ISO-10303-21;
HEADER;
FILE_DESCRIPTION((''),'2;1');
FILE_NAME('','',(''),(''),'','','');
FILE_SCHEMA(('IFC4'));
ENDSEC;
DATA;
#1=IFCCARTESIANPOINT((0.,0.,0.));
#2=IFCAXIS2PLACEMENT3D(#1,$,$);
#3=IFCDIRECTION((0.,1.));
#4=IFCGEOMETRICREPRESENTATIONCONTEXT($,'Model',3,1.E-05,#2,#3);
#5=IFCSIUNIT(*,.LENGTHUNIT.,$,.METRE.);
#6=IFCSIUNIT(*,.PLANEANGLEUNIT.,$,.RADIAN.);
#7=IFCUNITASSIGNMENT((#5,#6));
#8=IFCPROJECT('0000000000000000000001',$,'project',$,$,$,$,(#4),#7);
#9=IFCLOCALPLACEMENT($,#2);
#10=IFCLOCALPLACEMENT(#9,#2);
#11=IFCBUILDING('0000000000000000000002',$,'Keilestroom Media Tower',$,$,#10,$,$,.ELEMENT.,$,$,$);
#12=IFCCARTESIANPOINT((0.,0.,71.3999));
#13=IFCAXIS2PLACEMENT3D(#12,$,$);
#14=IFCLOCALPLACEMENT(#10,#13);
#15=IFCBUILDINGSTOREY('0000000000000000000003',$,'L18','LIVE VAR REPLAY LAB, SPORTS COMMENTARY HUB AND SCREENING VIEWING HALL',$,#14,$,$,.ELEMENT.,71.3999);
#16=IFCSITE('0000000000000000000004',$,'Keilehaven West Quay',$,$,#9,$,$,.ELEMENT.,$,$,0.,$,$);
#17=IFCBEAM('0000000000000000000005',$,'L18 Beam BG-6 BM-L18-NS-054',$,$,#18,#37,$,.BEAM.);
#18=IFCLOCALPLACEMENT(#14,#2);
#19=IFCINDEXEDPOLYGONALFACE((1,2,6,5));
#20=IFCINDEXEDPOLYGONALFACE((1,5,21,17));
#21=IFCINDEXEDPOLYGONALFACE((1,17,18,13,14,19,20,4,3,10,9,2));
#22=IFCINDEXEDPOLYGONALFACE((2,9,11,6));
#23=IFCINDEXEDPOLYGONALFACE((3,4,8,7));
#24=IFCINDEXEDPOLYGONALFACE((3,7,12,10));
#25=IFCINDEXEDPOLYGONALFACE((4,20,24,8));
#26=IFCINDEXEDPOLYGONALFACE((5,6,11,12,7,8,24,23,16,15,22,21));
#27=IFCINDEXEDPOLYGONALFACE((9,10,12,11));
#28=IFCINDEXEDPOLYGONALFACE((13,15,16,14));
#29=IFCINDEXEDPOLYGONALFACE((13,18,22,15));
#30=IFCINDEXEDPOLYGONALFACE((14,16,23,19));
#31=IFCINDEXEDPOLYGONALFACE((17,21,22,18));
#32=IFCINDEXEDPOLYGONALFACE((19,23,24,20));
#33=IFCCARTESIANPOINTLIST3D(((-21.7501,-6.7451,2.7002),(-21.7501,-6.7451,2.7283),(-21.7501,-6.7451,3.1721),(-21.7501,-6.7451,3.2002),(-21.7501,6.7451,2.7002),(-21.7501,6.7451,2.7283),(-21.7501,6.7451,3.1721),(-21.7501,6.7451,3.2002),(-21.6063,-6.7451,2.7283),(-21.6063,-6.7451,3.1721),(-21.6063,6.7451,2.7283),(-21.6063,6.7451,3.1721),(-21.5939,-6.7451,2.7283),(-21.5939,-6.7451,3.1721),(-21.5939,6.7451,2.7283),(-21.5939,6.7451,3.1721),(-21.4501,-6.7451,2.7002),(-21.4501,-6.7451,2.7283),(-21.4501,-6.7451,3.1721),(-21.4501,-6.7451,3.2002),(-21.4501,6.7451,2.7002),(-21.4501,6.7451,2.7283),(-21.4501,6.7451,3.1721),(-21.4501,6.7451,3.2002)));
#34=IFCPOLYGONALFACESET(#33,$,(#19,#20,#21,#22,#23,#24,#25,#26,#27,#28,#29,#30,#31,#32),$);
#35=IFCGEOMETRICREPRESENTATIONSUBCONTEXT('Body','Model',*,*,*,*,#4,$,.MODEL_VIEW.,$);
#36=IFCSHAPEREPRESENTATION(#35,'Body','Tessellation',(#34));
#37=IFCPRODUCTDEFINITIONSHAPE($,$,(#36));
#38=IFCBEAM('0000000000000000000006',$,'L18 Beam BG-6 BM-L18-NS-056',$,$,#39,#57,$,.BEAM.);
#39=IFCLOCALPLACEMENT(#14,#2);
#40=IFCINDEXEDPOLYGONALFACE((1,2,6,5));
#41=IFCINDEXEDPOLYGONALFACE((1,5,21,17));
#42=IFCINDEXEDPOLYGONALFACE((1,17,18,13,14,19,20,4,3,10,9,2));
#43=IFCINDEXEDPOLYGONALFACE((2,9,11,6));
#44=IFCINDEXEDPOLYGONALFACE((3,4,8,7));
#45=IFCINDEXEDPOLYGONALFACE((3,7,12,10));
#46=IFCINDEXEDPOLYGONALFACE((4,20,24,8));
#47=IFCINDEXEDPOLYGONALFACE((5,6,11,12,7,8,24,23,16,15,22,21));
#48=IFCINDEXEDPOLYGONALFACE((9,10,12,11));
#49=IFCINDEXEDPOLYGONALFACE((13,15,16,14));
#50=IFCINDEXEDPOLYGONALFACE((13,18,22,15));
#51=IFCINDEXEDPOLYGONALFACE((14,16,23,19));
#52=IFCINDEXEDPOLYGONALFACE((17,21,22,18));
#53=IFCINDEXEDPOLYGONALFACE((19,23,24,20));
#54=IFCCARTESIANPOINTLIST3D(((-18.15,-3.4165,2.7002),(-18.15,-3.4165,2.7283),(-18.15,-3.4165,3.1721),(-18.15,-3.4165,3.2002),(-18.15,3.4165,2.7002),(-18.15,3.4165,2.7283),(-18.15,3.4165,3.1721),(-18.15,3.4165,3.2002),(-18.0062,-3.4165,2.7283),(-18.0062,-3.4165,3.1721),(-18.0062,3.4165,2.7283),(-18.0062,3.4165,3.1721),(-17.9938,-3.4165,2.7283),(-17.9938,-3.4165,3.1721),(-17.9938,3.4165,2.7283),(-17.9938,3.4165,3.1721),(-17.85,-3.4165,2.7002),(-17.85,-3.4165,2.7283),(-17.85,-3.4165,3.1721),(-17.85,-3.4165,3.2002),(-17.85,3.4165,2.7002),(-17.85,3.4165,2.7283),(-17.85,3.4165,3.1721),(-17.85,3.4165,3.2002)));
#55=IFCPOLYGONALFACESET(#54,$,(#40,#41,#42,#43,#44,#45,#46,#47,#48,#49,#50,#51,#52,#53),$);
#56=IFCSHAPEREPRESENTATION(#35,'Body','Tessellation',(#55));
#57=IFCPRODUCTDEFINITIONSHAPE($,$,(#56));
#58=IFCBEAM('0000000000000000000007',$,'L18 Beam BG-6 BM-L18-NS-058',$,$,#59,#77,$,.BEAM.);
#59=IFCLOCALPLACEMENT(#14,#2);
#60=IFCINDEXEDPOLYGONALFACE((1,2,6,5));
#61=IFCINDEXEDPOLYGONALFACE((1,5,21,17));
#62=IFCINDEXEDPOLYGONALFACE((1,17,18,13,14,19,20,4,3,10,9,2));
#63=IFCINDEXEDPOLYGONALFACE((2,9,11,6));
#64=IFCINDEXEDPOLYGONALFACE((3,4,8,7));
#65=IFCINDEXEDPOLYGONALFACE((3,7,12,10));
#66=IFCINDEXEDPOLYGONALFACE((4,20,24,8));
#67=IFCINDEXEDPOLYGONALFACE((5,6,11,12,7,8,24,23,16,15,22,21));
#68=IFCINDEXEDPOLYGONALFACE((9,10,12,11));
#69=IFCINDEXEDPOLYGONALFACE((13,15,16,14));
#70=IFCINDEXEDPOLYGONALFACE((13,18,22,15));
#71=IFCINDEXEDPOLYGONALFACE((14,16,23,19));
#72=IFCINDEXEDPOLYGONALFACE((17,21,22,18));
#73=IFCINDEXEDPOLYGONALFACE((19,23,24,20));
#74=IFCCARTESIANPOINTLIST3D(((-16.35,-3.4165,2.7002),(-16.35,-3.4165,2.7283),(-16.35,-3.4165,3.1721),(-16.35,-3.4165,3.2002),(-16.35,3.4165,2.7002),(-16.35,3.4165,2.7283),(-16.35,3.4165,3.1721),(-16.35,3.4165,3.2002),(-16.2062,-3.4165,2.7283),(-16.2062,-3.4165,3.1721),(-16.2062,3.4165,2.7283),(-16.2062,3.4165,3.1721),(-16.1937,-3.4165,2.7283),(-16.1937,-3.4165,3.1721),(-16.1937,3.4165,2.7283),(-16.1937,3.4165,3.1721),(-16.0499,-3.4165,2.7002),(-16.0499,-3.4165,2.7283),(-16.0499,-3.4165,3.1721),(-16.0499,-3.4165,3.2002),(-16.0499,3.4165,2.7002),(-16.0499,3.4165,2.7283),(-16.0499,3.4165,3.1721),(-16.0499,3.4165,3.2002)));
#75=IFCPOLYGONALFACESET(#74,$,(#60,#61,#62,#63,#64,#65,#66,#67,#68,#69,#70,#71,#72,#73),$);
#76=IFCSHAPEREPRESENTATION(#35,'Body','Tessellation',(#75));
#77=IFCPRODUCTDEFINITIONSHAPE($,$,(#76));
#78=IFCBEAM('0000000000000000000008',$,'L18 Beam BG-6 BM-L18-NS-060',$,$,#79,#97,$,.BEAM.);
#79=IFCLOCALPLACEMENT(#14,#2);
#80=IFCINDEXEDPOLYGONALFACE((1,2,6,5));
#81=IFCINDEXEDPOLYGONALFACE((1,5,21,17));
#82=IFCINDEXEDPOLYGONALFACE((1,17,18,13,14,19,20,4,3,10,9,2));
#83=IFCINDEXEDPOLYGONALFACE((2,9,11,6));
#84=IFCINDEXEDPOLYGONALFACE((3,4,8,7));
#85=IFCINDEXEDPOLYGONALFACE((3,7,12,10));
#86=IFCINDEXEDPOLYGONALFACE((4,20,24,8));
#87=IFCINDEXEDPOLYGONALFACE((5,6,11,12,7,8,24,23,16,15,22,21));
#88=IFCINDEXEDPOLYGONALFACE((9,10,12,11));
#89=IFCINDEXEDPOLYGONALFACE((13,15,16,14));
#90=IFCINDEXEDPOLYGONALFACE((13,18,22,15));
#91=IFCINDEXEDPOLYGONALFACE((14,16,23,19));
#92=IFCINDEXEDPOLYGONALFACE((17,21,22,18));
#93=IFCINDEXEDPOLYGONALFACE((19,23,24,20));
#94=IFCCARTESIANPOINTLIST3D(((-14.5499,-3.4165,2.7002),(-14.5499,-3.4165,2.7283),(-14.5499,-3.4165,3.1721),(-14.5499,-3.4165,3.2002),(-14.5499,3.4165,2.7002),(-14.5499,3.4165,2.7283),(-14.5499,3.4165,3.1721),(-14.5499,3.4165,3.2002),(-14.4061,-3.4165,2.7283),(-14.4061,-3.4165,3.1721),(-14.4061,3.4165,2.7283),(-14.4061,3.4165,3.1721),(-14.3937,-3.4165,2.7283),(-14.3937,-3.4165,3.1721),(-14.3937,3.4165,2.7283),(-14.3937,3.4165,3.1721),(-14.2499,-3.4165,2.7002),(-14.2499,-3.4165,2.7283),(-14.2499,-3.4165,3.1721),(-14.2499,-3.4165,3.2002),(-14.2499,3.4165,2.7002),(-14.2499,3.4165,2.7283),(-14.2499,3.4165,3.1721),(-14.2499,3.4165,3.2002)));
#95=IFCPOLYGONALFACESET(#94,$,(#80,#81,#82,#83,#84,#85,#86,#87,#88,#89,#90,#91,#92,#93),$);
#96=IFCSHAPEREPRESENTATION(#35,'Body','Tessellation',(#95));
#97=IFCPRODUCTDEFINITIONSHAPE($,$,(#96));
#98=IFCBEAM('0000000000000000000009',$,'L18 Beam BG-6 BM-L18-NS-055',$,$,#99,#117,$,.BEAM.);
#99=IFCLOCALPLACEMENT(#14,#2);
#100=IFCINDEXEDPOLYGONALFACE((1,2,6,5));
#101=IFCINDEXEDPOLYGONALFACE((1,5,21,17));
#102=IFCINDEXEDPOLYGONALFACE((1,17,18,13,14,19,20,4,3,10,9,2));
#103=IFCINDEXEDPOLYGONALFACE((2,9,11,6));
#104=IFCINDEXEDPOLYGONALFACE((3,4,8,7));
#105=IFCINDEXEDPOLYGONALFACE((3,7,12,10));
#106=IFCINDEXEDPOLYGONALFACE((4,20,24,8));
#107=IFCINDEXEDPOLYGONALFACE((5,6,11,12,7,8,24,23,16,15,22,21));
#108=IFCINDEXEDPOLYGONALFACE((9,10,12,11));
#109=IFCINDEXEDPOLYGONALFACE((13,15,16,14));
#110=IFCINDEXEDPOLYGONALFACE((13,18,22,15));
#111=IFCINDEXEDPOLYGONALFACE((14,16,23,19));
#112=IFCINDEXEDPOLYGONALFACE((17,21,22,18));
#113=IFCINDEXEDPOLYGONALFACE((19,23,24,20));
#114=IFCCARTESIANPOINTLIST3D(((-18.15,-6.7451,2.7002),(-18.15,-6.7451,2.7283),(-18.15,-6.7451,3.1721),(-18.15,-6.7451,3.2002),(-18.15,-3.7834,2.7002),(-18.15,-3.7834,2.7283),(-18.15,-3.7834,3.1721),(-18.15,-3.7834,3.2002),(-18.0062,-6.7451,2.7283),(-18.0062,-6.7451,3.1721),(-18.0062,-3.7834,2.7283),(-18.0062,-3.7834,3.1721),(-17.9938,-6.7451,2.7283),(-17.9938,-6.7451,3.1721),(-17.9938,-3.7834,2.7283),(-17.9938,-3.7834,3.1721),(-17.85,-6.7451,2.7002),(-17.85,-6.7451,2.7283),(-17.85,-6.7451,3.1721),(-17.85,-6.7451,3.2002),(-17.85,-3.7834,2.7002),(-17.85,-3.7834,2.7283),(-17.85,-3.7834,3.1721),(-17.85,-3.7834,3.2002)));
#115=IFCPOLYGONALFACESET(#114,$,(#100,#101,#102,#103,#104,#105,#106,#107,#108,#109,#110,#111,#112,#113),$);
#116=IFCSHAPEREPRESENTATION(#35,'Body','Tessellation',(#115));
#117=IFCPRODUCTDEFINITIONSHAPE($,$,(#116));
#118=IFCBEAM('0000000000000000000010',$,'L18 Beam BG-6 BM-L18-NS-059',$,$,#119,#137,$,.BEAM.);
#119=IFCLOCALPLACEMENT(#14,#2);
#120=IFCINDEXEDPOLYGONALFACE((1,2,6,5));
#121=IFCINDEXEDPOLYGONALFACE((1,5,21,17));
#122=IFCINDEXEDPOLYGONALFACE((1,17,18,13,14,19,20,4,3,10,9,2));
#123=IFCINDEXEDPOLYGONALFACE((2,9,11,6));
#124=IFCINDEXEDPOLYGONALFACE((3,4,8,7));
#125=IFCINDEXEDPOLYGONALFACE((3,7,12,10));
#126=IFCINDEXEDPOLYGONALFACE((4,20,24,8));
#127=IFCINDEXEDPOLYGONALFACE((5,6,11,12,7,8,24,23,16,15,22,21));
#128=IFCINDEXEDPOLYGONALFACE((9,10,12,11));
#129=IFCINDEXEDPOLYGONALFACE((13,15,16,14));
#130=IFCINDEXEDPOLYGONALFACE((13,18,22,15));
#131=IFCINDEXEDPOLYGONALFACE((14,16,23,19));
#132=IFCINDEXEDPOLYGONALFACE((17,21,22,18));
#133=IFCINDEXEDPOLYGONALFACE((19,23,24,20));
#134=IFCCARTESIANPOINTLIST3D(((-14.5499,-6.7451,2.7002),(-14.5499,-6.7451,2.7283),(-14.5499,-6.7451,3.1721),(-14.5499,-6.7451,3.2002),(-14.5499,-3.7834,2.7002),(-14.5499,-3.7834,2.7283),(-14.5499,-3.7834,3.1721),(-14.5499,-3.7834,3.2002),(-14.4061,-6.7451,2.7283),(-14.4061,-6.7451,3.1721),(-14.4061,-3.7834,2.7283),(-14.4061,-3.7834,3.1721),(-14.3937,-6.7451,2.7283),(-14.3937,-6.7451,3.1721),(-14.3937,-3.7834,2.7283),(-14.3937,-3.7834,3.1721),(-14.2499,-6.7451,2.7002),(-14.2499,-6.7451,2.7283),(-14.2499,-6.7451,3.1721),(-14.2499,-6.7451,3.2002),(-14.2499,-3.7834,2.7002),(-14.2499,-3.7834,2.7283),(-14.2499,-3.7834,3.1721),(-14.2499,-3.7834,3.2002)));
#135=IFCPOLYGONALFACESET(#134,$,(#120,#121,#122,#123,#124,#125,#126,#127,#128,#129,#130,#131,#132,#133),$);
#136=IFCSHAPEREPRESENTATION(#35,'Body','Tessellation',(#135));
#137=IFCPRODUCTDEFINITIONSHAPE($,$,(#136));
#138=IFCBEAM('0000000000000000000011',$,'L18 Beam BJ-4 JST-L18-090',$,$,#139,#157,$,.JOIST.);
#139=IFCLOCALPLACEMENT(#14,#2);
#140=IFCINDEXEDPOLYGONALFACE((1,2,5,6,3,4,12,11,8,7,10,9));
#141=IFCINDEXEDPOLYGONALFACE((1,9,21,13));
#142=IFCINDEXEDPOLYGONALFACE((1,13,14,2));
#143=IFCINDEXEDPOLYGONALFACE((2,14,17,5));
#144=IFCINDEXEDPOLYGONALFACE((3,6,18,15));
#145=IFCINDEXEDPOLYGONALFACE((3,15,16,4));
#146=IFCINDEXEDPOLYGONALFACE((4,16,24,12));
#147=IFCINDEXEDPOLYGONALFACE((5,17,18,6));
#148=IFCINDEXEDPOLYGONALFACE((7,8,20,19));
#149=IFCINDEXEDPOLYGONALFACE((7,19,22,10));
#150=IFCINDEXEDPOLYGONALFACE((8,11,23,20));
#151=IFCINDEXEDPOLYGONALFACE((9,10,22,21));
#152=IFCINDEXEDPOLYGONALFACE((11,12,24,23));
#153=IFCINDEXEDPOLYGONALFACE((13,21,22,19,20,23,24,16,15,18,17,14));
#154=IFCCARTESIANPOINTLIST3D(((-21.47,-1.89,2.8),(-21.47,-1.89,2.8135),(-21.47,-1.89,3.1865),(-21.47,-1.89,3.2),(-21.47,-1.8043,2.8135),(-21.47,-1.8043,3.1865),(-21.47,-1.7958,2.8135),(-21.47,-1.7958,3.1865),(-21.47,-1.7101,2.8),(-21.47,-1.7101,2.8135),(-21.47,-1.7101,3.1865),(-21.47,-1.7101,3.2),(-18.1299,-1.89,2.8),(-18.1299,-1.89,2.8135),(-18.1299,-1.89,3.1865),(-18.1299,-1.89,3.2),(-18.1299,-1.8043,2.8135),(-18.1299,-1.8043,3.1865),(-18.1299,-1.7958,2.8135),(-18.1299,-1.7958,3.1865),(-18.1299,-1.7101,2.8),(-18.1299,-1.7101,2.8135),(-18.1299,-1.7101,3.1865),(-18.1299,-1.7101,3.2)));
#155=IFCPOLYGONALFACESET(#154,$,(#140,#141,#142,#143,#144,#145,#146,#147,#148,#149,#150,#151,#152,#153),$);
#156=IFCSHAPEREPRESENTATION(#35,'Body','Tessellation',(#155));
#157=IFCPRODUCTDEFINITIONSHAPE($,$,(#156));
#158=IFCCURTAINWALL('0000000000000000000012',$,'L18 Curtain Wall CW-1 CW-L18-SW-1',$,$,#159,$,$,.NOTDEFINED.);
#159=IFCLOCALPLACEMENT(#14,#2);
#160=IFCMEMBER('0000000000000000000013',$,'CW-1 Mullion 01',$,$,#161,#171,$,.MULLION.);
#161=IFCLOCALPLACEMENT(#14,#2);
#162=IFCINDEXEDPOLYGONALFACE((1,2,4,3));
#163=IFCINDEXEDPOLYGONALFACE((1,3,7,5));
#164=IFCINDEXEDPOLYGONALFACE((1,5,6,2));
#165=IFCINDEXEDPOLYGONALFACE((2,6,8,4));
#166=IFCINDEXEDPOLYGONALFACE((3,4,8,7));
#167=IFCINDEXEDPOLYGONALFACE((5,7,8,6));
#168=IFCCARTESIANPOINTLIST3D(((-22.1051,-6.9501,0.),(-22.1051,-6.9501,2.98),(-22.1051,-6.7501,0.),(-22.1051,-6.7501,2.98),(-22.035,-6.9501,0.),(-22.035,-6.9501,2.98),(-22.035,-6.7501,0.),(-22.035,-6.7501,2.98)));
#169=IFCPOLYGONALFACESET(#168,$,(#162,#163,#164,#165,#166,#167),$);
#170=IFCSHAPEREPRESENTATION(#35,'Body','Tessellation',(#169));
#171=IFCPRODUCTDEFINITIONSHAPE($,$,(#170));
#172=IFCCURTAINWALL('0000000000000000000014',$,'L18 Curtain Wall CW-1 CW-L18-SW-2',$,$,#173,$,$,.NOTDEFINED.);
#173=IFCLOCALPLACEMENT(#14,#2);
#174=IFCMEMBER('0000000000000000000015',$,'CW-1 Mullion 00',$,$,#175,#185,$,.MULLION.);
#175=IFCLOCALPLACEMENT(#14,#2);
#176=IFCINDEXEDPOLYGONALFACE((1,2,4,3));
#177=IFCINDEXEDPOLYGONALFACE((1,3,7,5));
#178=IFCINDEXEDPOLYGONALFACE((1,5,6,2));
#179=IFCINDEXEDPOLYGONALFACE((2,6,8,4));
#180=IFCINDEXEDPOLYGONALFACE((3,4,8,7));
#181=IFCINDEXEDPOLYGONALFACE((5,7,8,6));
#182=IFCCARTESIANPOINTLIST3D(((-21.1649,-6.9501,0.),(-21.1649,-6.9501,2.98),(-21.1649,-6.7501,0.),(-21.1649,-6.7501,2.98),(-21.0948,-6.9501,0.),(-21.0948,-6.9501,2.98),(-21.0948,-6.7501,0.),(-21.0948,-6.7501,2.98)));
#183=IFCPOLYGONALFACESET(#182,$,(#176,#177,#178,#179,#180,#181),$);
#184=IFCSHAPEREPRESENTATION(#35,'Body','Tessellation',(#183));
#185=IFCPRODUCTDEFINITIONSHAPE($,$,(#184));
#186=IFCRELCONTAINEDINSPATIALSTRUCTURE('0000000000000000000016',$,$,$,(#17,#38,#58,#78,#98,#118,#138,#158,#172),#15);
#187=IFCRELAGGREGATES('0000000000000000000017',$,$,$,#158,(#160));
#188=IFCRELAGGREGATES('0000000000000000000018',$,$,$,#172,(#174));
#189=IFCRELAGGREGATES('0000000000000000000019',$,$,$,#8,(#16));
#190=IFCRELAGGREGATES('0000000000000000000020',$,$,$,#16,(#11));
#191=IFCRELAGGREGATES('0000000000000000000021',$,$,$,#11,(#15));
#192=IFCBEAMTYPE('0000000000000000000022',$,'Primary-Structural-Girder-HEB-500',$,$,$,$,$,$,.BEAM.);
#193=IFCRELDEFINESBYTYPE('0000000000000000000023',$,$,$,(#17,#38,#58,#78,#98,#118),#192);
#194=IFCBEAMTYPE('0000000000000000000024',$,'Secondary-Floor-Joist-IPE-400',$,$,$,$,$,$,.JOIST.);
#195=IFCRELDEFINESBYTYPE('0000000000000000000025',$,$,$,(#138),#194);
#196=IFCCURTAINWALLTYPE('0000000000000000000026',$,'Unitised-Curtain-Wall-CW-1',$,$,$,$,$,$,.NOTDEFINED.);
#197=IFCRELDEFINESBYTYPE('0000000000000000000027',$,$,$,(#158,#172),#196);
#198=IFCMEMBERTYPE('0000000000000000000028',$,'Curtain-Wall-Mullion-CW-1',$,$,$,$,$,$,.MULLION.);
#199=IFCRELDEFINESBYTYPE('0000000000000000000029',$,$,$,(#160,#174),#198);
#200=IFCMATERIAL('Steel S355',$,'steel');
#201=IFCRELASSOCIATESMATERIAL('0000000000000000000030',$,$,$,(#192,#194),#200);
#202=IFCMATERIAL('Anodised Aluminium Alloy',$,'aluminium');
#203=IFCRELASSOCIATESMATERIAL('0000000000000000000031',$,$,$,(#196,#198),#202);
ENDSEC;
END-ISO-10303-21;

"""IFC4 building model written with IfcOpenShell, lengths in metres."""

from ifc_helpers import new_model, si_unit, direction, frame, origin, origin_2d, place, context, subcontext, project, spatial, rectangle, i_section, extrude, source, transform, mapped, material, material_profile, profile_set, type_object, element, aggregate, save


model = new_model("IFC4")

# Units and contexts
model_context = context("Model", 3, precision=1e-05, world=origin(), true_north=direction((0.0, 1.0)))
body_context = subcontext(model_context, "Body", "Model", "MODEL_VIEW")
ifc_project = project(units=[si_unit("LENGTHUNIT", "METRE"), si_unit("PLANEANGLEUNIT", "RADIAN")], contexts=[model_context])

# Site, building, storey
site_placement = place(None, origin())
site = spatial("IfcSite", under=ifc_project, at=site_placement, Name="Keilehaven West Quay", CompositionType="ELEMENT", RefElevation=0.0)
building_placement = place(site_placement, origin())
building = spatial("IfcBuilding", under=site, at=building_placement, Name="Keilestroom Media Tower", CompositionType="ELEMENT")
storey_placement = place(building_placement, frame((0.0, 0.0, 71.3999)))
storey = spatial("IfcBuildingStorey", under=building, at=storey_placement, Name="L18", Description="LIVE VAR REPLAY LAB, SPORTS COMMENTARY HUB AND SCREENING VIEWING HALL", CompositionType="ELEMENT", Elevation=71.3999)

# Beams
ifc_material_1 = material(Name="Steel S355", Category="steel")
ifc_material_profile_1 = material_profile(ifc_material_1, i_section(OverallWidth=0.3, OverallDepth=0.5, WebThickness=0.0125, FlangeThickness=0.0281, at=origin_2d()), Name="HEB 500")
ifc_profile_set_1 = profile_set([ifc_material_profile_1], Name="Steel S355")
beam_type_1 = type_object("IfcBeamType", Name="Primary-Structural-Girder-HEB-500", PredefinedType="BEAM", material=ifc_profile_set_1)
shared_shape_1 = source(origin(), body_context, "Body", "SweptSolid", [
    extrude(i_section(OverallWidth=0.3, OverallDepth=0.5, WebThickness=0.0125, FlangeThickness=0.0281, at=origin_2d()), origin(), (0.0, 0.0, 1.0), 13.4902),
])
beam_1_placement = place(storey_placement, frame((-21.6001, -6.7451, 2.9502), z_axis=(0.0, 1.0, 0.0), x_axis=(-1.0, 0.0, 0.0)))
element("IfcBeam", 1, at=beam_1_placement, inside=storey, type_object=beam_type_1, Name="L18 Beam BG-6 BM-L18-NS-054", PredefinedType="BEAM", context=body_context, shape_type="MappedRepresentation", body=[
    mapped(shared_shape_1, transform((0.0, 0.0, 0.0), x_axis=(1.0, 0.0, 0.0), y_axis=(0.0, 1.0, 0.0), z_axis=(0.0, 0.0, 1.0), scale=1.0)),
])
shared_shape_2 = source(origin(), body_context, "Body", "SweptSolid", [
    extrude(i_section(OverallWidth=0.3, OverallDepth=0.5, WebThickness=0.0125, FlangeThickness=0.0281, at=origin_2d()), origin(), (0.0, 0.0, 1.0), 6.833),
])
for number, where, z_axis, x_axis, name in (
    (2, (-18.0, -3.4165, 2.9502), (0.0, 1.0, 0.0), (-1.0, 0.0, 0.0), "L18 Beam BG-6 BM-L18-NS-056"),
    (3, (-16.2, -3.4165, 2.9502), (0.0, 1.0, 0.0), (-1.0, 0.0, 0.0), "L18 Beam BG-6 BM-L18-NS-058"),
    (4, (-14.3999, -3.4165, 2.9502), (0.0, 1.0, 0.0), (-1.0, 0.0, 0.0), "L18 Beam BG-6 BM-L18-NS-060"),
):
    element("IfcBeam", number, at=place(storey_placement, frame(where, z_axis=z_axis, x_axis=x_axis)), inside=storey, type_object=beam_type_1, Name=name, PredefinedType="BEAM", context=body_context, shape_type="MappedRepresentation", body=[
        mapped(shared_shape_2, transform((0.0, 0.0, 0.0), x_axis=(1.0, 0.0, 0.0), y_axis=(0.0, 1.0, 0.0), z_axis=(0.0, 0.0, 1.0), scale=1.0)),
    ])
shared_shape_3 = source(origin(), body_context, "Body", "SweptSolid", [
    extrude(i_section(OverallWidth=0.3, OverallDepth=0.5, WebThickness=0.0125, FlangeThickness=0.0281, at=origin_2d()), origin(), (0.0, 0.0, 1.0), 2.9617),
])
for number, where, z_axis, x_axis, name in (
    (5, (-18.0, -6.7451, 2.9502), (0.0, 1.0, 0.0), (-1.0, 0.0, 0.0), "L18 Beam BG-6 BM-L18-NS-055"),
    (6, (-14.3999, -6.7451, 2.9502), (0.0, 1.0, 0.0), (-1.0, 0.0, 0.0), "L18 Beam BG-6 BM-L18-NS-059"),
):
    element("IfcBeam", number, at=place(storey_placement, frame(where, z_axis=z_axis, x_axis=x_axis)), inside=storey, type_object=beam_type_1, Name=name, PredefinedType="BEAM", context=body_context, shape_type="MappedRepresentation", body=[
        mapped(shared_shape_3, transform((0.0, 0.0, 0.0), x_axis=(1.0, 0.0, 0.0), y_axis=(0.0, 1.0, 0.0), z_axis=(0.0, 0.0, 1.0), scale=1.0)),
    ])
ifc_material_profile_2 = material_profile(ifc_material_1, i_section(OverallWidth=0.1799, OverallDepth=0.3999, WebThickness=0.0085, FlangeThickness=0.0134, at=origin_2d()), Name="IPE 400")
ifc_profile_set_2 = profile_set([ifc_material_profile_2], Name="Steel S355")
beam_type_2 = type_object("IfcBeamType", Name="Secondary-Floor-Joist-IPE-400", PredefinedType="JOIST", material=ifc_profile_set_2)
shared_shape_4 = source(origin(), body_context, "Body", "SweptSolid", [
    extrude(i_section(OverallWidth=0.1799, OverallDepth=0.3999, WebThickness=0.0085, FlangeThickness=0.0134, at=origin_2d()), origin(), (0.0, 0.0, 1.0), 3.3401),
])
beam_2_placement = place(storey_placement, frame((-21.47, -1.8, 3.0), z_axis=(1.0, 0.0, 0.0), x_axis=(0.0, 1.0, 0.0)))
element("IfcBeam", 7, at=beam_2_placement, inside=storey, type_object=beam_type_2, Name="L18 Beam BJ-4 JST-L18-090", PredefinedType="JOIST", context=body_context, shape_type="MappedRepresentation", body=[
    mapped(shared_shape_4, transform((0.0, 0.0, 0.0), x_axis=(1.0, 0.0, 0.0), y_axis=(0.0, 1.0, 0.0), z_axis=(0.0, 0.0, 1.0), scale=1.0)),
])

# Curtain wall, member
ifc_material_2 = material(Name="Anodised Aluminium Alloy", Category="aluminium")
curtain_wall_type = type_object("IfcCurtainWallType", Name="Unitised-Curtain-Wall-CW-1", PredefinedType="NOTDEFINED", material=ifc_material_2)
curtain_wall_1_placement = place(storey_placement, origin())
curtain_wall_1 = element("IfcCurtainWall", 8, at=curtain_wall_1_placement, inside=storey, type_object=curtain_wall_type, Name="L18 Curtain Wall CW-1 CW-L18-SW-1", PredefinedType="NOTDEFINED")
ifc_material_profile_3 = material_profile(ifc_material_2, rectangle(XDim=0.0701, YDim=0.2, at=origin_2d()), Name="ALU MULLION 70x200")
ifc_profile_set_3 = profile_set([ifc_material_profile_3], Name="Anodised Aluminium Alloy")
member_type_1 = type_object("IfcMemberType", Name="Curtain-Wall-Mullion-CW-1", PredefinedType="MULLION", material=ifc_profile_set_3)
shared_shape_5 = source(origin(), body_context, "Body", "SweptSolid", [
    extrude(rectangle(XDim=0.0701, YDim=0.2, at=origin_2d()), origin(), (0.0, 0.0, 1.0), 2.98),
])
member_1_placement = place(storey_placement, frame((-22.0701, -6.8501, 0.0), z_axis=(0.0, 0.0, 1.0), x_axis=(1.0, 0.0, 0.0)))
member_1 = element("IfcMember", 9, at=member_1_placement, type_object=member_type_1, Name="CW-1 Mullion 01", PredefinedType="MULLION", context=body_context, shape_type="MappedRepresentation", body=[
    mapped(shared_shape_5, transform((0.0, 0.0, 0.0), x_axis=(1.0, 0.0, 0.0), y_axis=(0.0, 1.0, 0.0), z_axis=(0.0, 0.0, 1.0), scale=1.0)),
])
aggregate(curtain_wall_1, [member_1])

# Curtain wall, member
curtain_wall_2_placement = place(storey_placement, origin())
curtain_wall_2 = element("IfcCurtainWall", 10, at=curtain_wall_2_placement, inside=storey, type_object=curtain_wall_type, Name="L18 Curtain Wall CW-1 CW-L18-SW-2", PredefinedType="NOTDEFINED")
member_2_placement = place(storey_placement, frame((-21.1299, -6.8501, 0.0), z_axis=(0.0, 0.0, 1.0), x_axis=(1.0, 0.0, 0.0)))
member_2 = element("IfcMember", 11, at=member_2_placement, type_object=member_type_1, Name="CW-1 Mullion 00", PredefinedType="MULLION", context=body_context, shape_type="MappedRepresentation", body=[
    mapped(shared_shape_5, transform((0.0, 0.0, 0.0), x_axis=(1.0, 0.0, 0.0), y_axis=(0.0, 1.0, 0.0), z_axis=(0.0, 0.0, 1.0), scale=1.0)),
])

aggregate(curtain_wall_2, [member_2])

save(model, "model.ifc")
